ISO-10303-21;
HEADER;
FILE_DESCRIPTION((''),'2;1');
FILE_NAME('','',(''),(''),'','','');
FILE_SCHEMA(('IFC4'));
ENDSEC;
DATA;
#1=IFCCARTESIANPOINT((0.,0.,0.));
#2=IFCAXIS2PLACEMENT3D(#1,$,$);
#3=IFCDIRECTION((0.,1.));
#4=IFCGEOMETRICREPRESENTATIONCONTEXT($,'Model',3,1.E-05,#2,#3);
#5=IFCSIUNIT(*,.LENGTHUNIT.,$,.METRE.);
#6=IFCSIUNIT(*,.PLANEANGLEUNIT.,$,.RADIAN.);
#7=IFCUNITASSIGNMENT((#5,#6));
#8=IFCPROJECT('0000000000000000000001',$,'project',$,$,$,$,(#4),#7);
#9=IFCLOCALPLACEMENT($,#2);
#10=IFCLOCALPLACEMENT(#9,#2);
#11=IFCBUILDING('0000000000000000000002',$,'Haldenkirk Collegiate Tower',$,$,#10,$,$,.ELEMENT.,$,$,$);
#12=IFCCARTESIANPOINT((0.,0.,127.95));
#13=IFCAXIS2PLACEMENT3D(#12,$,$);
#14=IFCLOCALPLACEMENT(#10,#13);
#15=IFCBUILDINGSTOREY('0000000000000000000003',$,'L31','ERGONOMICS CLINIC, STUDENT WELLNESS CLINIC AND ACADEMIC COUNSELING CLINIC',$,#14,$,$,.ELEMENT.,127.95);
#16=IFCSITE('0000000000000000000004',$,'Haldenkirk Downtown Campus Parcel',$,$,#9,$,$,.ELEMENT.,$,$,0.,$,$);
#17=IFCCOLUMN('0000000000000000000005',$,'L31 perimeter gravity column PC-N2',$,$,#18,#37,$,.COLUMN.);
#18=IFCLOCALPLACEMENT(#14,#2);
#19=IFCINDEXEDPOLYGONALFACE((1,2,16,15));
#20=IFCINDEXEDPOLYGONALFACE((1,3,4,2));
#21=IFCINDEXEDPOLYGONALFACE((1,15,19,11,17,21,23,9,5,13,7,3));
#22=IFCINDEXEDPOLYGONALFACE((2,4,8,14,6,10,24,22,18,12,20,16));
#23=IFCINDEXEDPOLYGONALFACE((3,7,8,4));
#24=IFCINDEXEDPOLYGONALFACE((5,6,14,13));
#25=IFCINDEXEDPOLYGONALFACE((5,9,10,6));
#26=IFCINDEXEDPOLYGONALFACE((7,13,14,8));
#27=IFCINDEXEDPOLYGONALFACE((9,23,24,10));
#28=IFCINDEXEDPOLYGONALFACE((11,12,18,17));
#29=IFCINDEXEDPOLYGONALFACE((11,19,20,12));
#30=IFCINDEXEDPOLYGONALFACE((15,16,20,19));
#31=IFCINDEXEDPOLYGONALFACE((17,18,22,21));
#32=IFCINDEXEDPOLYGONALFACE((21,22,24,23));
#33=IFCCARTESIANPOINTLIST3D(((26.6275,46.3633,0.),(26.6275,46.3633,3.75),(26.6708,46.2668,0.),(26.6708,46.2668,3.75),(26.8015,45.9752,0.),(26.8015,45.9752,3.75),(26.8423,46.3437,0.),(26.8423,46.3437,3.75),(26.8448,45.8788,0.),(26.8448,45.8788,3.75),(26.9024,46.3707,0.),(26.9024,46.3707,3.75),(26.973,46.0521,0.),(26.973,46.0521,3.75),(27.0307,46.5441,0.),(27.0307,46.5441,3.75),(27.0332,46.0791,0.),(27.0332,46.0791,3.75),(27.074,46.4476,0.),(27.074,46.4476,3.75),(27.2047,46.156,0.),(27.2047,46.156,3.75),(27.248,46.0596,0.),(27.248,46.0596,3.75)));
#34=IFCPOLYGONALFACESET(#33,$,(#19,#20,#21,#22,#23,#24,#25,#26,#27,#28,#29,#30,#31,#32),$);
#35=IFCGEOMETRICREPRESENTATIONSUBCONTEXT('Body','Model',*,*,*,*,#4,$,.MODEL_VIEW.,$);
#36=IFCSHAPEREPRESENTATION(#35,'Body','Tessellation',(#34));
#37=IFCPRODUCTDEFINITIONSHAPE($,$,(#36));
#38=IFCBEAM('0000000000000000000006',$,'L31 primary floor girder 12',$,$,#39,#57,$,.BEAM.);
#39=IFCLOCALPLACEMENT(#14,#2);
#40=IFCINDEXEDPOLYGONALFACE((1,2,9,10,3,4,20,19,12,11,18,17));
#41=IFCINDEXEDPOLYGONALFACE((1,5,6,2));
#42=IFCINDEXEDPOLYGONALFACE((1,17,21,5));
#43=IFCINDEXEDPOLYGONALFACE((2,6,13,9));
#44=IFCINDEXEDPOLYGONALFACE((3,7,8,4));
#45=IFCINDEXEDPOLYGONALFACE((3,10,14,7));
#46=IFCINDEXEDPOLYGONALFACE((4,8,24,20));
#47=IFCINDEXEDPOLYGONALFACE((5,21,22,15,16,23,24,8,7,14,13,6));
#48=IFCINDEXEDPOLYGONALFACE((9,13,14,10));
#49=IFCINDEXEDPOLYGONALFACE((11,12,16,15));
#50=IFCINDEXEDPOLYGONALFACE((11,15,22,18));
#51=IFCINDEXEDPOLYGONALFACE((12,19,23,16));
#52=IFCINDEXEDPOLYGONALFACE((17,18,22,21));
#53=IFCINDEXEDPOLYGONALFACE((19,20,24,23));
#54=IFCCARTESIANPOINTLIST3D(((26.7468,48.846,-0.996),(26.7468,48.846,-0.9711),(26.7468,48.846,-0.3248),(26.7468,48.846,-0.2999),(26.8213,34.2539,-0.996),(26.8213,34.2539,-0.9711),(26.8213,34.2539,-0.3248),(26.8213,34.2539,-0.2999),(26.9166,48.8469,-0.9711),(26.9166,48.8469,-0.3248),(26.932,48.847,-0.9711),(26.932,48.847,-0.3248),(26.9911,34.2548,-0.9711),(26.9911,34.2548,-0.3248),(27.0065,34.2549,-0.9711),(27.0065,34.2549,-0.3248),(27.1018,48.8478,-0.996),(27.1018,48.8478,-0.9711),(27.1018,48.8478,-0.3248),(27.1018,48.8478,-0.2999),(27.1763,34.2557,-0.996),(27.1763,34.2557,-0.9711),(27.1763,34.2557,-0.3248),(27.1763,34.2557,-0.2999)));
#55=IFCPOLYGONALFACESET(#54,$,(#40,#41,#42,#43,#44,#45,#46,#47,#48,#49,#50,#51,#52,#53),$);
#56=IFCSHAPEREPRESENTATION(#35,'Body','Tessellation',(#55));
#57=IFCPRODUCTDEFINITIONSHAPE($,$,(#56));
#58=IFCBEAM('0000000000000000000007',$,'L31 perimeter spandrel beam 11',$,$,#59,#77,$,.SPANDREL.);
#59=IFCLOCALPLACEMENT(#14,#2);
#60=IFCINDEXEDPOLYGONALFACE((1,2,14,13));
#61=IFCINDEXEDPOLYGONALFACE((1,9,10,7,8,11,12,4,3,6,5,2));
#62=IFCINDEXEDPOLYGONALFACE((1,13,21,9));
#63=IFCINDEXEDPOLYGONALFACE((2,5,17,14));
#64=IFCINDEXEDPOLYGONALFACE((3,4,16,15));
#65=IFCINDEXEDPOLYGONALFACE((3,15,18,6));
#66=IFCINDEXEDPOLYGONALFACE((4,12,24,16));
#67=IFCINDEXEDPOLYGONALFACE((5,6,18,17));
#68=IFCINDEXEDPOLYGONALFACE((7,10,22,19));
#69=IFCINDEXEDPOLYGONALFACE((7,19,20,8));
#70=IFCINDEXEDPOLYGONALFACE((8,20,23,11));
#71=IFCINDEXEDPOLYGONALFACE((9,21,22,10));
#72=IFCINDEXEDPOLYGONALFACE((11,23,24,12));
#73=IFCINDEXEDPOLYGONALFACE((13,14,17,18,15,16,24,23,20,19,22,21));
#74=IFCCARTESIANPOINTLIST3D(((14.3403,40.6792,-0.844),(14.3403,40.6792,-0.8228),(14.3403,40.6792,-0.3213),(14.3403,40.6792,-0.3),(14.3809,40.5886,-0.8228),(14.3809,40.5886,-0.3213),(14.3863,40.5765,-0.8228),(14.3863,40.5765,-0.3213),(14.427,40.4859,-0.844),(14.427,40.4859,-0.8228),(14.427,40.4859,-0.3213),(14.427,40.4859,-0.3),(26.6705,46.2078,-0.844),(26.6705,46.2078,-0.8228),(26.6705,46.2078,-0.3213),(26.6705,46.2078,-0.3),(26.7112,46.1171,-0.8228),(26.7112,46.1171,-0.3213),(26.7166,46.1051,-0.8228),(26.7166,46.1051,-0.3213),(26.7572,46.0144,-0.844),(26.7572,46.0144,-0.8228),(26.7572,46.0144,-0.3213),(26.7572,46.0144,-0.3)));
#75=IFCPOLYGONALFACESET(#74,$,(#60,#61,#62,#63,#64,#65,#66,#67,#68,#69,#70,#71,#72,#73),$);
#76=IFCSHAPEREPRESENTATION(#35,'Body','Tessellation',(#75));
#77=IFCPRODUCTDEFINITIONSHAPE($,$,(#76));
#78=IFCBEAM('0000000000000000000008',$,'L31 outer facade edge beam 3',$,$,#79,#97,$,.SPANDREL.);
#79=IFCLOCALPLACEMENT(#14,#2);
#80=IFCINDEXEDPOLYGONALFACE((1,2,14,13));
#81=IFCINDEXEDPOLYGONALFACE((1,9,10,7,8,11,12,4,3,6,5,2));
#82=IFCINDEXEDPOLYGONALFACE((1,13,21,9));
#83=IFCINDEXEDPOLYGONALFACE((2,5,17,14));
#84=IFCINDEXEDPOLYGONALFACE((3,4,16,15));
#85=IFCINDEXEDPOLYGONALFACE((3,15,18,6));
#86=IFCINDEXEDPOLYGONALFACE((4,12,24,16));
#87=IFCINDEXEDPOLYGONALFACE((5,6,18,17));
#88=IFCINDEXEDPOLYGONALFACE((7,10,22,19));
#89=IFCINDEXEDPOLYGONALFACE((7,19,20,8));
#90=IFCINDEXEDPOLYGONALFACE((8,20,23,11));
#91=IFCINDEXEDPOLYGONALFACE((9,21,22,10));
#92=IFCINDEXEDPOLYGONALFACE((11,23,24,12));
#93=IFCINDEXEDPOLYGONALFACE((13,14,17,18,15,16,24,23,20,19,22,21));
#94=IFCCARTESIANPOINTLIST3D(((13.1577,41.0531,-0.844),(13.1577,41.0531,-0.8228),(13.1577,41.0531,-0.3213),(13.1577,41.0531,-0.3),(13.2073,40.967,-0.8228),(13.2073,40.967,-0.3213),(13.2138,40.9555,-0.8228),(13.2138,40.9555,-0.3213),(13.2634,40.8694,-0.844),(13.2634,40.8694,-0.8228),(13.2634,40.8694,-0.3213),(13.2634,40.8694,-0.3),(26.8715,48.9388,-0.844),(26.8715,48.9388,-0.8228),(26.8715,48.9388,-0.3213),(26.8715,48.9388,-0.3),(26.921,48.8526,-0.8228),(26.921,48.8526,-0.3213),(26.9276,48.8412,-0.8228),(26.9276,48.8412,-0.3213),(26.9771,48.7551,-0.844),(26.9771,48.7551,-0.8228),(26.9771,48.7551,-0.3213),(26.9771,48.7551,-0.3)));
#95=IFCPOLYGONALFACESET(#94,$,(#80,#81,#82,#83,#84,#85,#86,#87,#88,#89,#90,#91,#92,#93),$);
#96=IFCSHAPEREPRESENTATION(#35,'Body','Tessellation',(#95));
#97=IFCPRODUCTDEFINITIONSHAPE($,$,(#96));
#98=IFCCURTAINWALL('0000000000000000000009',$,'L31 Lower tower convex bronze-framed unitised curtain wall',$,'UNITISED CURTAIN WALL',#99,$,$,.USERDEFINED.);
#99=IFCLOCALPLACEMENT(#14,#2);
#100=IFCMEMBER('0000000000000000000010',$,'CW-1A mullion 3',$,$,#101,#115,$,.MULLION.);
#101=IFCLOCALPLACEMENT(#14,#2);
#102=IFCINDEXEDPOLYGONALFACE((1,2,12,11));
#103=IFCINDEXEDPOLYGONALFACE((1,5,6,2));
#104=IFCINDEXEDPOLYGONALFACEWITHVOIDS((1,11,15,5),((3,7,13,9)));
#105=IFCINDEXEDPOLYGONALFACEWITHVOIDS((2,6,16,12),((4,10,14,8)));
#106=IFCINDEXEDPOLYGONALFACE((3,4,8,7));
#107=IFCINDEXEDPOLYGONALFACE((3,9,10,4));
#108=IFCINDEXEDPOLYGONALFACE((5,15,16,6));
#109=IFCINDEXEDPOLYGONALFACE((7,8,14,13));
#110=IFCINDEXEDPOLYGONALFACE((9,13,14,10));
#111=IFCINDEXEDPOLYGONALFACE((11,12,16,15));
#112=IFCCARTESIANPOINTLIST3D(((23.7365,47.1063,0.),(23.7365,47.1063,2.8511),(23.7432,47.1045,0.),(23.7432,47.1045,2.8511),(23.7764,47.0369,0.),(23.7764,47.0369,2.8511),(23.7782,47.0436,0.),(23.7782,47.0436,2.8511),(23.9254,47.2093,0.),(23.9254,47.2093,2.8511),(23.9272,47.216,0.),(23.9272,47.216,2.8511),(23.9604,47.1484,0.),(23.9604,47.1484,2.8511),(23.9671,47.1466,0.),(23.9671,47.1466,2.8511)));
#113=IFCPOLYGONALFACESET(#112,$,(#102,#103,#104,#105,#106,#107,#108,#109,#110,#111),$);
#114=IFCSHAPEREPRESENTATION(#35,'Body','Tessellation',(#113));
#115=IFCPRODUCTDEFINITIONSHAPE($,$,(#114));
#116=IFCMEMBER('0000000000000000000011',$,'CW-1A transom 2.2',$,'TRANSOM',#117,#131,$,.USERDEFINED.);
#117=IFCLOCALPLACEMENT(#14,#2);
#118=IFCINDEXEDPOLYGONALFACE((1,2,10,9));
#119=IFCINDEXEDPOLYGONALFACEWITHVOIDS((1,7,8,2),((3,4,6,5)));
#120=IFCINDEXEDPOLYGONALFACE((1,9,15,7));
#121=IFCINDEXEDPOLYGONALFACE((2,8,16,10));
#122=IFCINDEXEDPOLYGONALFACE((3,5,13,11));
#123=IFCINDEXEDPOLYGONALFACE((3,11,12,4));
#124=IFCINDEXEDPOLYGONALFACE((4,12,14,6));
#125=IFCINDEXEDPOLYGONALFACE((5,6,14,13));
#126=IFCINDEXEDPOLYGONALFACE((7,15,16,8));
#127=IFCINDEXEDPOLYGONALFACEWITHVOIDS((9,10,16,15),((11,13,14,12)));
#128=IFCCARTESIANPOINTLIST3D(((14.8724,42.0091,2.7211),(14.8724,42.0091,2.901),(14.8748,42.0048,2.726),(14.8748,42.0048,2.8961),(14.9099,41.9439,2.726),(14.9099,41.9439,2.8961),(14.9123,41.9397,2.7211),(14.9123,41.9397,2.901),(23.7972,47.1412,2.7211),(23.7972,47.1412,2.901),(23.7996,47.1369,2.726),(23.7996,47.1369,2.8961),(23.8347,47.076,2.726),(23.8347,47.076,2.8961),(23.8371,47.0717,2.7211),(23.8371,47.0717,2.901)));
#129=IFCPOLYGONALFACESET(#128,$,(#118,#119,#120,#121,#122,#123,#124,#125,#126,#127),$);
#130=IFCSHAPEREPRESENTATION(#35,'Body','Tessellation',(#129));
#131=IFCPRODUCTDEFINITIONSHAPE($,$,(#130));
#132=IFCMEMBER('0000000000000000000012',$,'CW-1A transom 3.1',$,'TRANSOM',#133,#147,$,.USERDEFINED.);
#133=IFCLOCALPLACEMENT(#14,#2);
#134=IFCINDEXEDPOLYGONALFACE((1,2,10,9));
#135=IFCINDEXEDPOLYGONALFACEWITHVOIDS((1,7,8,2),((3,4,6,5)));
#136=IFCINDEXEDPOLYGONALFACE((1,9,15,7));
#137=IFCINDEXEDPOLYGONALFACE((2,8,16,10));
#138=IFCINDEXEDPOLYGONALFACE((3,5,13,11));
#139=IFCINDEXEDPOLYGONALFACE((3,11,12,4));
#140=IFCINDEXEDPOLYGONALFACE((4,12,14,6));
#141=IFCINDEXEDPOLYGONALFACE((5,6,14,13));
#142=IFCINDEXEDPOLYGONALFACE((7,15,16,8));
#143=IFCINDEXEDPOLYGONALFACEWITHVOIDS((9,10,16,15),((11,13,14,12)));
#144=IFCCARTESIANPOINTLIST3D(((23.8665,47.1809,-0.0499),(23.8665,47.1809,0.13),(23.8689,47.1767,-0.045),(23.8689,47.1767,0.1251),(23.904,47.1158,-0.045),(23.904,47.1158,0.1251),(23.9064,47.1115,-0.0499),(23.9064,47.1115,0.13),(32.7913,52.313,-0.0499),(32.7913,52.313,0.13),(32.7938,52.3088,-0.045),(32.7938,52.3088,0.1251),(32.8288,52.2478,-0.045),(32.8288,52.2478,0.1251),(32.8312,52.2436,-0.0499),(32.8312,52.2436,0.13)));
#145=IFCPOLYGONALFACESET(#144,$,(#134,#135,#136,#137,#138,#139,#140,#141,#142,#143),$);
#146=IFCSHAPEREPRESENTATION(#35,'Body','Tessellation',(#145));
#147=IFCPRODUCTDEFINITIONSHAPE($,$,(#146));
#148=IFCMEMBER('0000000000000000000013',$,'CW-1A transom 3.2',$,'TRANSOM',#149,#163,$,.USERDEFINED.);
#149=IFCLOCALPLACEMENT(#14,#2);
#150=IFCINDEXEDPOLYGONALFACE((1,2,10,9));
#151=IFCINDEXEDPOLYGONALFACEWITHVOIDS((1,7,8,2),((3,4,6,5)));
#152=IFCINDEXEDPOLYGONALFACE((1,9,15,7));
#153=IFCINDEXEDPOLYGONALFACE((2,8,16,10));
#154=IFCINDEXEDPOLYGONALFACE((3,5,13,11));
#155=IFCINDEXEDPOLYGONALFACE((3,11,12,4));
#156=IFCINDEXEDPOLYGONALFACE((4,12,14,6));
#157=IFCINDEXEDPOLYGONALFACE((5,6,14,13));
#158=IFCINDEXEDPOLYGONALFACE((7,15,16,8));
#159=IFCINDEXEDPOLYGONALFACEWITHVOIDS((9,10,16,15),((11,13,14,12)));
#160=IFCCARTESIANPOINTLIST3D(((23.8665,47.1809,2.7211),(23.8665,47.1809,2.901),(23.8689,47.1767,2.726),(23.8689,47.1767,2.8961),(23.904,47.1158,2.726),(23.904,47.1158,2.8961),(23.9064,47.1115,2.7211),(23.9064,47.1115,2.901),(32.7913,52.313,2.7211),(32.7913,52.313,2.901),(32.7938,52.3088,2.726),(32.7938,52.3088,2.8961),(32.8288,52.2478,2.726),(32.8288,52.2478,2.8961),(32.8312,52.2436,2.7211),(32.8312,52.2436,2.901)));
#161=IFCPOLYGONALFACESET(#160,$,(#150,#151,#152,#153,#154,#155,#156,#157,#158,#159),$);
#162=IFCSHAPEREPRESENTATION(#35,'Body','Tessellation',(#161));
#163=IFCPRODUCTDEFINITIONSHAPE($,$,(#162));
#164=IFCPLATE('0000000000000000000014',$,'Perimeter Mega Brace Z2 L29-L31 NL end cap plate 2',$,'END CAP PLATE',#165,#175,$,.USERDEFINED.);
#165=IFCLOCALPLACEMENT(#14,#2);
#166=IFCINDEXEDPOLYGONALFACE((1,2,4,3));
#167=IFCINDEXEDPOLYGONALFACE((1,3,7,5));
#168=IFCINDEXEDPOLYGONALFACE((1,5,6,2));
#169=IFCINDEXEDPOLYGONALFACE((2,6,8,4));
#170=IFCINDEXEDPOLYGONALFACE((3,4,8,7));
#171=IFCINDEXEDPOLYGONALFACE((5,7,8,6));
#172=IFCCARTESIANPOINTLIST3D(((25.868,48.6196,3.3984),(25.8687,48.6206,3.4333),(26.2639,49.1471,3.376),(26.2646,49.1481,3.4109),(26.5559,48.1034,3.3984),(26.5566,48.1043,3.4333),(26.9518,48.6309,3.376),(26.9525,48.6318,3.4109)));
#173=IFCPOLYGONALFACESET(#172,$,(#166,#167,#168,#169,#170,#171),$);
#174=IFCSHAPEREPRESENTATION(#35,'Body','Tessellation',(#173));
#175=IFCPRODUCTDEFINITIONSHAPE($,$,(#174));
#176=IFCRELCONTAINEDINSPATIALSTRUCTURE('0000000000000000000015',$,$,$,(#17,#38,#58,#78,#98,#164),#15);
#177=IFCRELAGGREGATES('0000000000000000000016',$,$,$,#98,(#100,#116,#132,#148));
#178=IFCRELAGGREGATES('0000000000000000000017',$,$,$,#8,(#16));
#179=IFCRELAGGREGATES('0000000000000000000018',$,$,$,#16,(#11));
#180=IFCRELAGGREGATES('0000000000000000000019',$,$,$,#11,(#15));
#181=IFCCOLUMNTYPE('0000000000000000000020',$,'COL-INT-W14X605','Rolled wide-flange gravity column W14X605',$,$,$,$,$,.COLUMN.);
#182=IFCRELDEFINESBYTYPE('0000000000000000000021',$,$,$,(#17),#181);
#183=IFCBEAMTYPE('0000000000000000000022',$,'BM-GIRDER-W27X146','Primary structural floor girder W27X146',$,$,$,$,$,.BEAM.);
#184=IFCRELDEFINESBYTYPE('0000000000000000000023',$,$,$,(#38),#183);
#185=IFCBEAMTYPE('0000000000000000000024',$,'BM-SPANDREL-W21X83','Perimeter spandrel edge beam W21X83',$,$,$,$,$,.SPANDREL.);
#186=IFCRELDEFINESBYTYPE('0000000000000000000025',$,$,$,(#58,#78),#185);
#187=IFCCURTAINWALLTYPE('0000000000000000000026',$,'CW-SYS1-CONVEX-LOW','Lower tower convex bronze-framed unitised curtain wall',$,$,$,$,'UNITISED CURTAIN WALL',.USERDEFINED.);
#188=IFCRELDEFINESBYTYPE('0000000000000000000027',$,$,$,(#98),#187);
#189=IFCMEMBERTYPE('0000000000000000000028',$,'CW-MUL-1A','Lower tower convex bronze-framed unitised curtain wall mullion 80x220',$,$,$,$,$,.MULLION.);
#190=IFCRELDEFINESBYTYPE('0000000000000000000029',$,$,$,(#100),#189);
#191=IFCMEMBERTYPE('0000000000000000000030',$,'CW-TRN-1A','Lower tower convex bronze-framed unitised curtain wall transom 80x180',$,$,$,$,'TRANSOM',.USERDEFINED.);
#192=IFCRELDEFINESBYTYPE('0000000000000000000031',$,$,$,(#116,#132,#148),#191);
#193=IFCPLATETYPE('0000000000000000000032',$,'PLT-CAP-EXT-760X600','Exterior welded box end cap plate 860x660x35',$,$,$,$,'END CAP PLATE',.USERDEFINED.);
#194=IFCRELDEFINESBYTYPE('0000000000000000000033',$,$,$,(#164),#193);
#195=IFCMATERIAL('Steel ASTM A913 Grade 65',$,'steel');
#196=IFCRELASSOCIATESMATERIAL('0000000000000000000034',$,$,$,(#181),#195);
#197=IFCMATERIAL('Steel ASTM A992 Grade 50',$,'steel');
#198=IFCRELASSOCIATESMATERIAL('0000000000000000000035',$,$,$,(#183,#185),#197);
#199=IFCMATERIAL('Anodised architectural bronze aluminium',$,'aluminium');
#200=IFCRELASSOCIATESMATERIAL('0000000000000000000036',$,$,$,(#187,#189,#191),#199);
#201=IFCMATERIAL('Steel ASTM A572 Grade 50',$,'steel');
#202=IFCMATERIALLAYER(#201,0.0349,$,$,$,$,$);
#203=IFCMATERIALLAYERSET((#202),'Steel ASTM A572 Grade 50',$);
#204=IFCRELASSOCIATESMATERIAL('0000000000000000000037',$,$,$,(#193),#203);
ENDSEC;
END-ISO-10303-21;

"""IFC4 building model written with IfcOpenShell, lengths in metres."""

from ifc_helpers import new_model, si_unit, direction, frame, origin, origin_2d, place, context, subcontext, project, spatial, rectangle, hollow_rectangle, i_section, extrude, source, transform, mapped, material, layer, layer_set, material_profile, profile_set, type_object, element, aggregate, save


model = new_model("IFC4")

# Units and contexts
model_context = context("Model", 3, precision=1e-05, world=origin(), true_north=direction((0.0, 1.0)))
body_context = subcontext(model_context, "Body", "Model", "MODEL_VIEW")
ifc_project = project(units=[si_unit("LENGTHUNIT", "METRE"), si_unit("PLANEANGLEUNIT", "RADIAN")], contexts=[model_context])

# Site, building, storey
site_placement = place(None, origin())
site = spatial("IfcSite", under=ifc_project, at=site_placement, Name="Haldenkirk Downtown Campus Parcel", CompositionType="ELEMENT", RefElevation=0.0)
building_placement = place(site_placement, origin())
building = spatial("IfcBuilding", under=site, at=building_placement, Name="Haldenkirk Collegiate Tower", CompositionType="ELEMENT")
storey_placement = place(building_placement, frame((0.0, 0.0, 127.95)))
storey = spatial("IfcBuildingStorey", under=building, at=storey_placement, Name="L31", Description="ERGONOMICS CLINIC, STUDENT WELLNESS CLINIC AND ACADEMIC COUNSELING CLINIC", CompositionType="ELEMENT", Elevation=127.95)

# Column
ifc_material_1 = material(Name="Steel ASTM A913 Grade 65", Category="steel")
ifc_material_profile_1 = material_profile(ifc_material_1, i_section(OverallWidth=0.4419, OverallDepth=0.531, WebThickness=0.0659, FlangeThickness=0.1057, at=origin_2d()), Name="W14X605")
ifc_profile_set_1 = profile_set([ifc_material_profile_1], Name="Steel ASTM A913 Grade 65")
column_type = type_object("IfcColumnType", Name="COL-INT-W14X605", Description="Rolled wide-flange gravity column W14X605", PredefinedType="COLUMN", material=ifc_profile_set_1)
column_placement = place(storey_placement, frame((26.9377, 46.2114, 0.0), z_axis=(0.0, 0.0, 1.0), x_axis=(0.912477, 0.409127, 0.0)))
element("IfcColumn", 1, at=column_placement, inside=storey, type_object=column_type, Name="L31 perimeter gravity column PC-N2", PredefinedType="COLUMN", context=body_context, shape_type="SweptSolid", body=[
    extrude(i_section(OverallWidth=0.4419, OverallDepth=0.531, WebThickness=0.0659, FlangeThickness=0.1057, at=origin_2d()), origin(), (0.0, 0.0, 1.0), 3.75),
])

# Beams
ifc_material_2 = material(Name="Steel ASTM A992 Grade 50", Category="steel")
ifc_material_profile_2 = material_profile(ifc_material_2, i_section(OverallWidth=0.355, OverallDepth=0.696, WebThickness=0.0154, FlangeThickness=0.0249, at=origin_2d()), Name="W27X146")
ifc_profile_set_2 = profile_set([ifc_material_profile_2], Name="Steel ASTM A992 Grade 50")
beam_type_1 = type_object("IfcBeamType", Name="BM-GIRDER-W27X146", Description="Primary structural floor girder W27X146", PredefinedType="BEAM", material=ifc_profile_set_2)
beam_1_placement = place(storey_placement, frame((26.9243, 48.8469, -0.6479), z_axis=(0.005103, -0.999987, 0.0), x_axis=(0.999987, 0.005103, 0.0)))
element("IfcBeam", 2, at=beam_1_placement, inside=storey, type_object=beam_type_1, Name="L31 primary floor girder 12", PredefinedType="BEAM", context=body_context, shape_type="SweptSolid", body=[
    extrude(i_section(OverallWidth=0.355, OverallDepth=0.696, WebThickness=0.0154, FlangeThickness=0.0249, at=origin_2d()), origin(), (0.0, 0.0, 1.0), 14.5923),
])
ifc_material_profile_3 = material_profile(ifc_material_2, i_section(OverallWidth=0.2119, OverallDepth=0.5439, WebThickness=0.0132, FlangeThickness=0.0212, at=origin_2d()), Name="W21X83")
ifc_profile_set_3 = profile_set([ifc_material_profile_3], Name="Steel ASTM A992 Grade 50")
beam_type_2 = type_object("IfcBeamType", Name="BM-SPANDREL-W21X83", Description="Perimeter spandrel edge beam W21X83", PredefinedType="SPANDREL", material=ifc_profile_set_3)
beam_2_placement = place(storey_placement, frame((26.7139, 46.1111, -0.572), z_axis=(-0.912477, -0.409129, 0.0), x_axis=(0.409129, -0.912477, 0.0)))
element("IfcBeam", 3, at=beam_2_placement, inside=storey, type_object=beam_type_2, Name="L31 perimeter spandrel beam 11", PredefinedType="SPANDREL", context=body_context, shape_type="SweptSolid", body=[
    extrude(i_section(OverallWidth=0.2119, OverallDepth=0.5439, WebThickness=0.0132, FlangeThickness=0.0212, at=origin_2d()), origin(), (0.0, 0.0, 1.0), 13.5129),
])
beam_3_placement = place(storey_placement, frame((26.9243, 48.8469, -0.572), z_axis=(-0.866899, -0.498484, 0.0), x_axis=(0.498484, -0.866899, 0.0)))
element("IfcBeam", 4, at=beam_3_placement, inside=storey, type_object=beam_type_2, Name="L31 outer facade edge beam 3", PredefinedType="SPANDREL", context=body_context, shape_type="SweptSolid", body=[
    extrude(i_section(OverallWidth=0.2119, OverallDepth=0.5439, WebThickness=0.0132, FlangeThickness=0.0212, at=origin_2d()), origin(), (0.0, 0.0, 1.0), 15.8193),
])

# Curtain wall, members
ifc_material_3 = material(Name="Anodised architectural bronze aluminium", Category="aluminium")
curtain_wall_type = type_object("IfcCurtainWallType", Name="CW-SYS1-CONVEX-LOW", Description="Lower tower convex bronze-framed unitised curtain wall", ElementType="UNITISED CURTAIN WALL", PredefinedType="USERDEFINED", material=ifc_material_3)
curtain_wall_placement = place(storey_placement, origin())
curtain_wall = element("IfcCurtainWall", 5, at=curtain_wall_placement, inside=storey, type_object=curtain_wall_type, Name="L31 Lower tower convex bronze-framed unitised curtain wall", ObjectType="UNITISED CURTAIN WALL", PredefinedType="USERDEFINED")
ifc_material_profile_4 = material_profile(ifc_material_3, hollow_rectangle(XDim=0.0801, YDim=0.22, WallThickness=0.0049, at=origin_2d()), Name="CW-MUL-1A")
ifc_profile_set_4 = profile_set([ifc_material_profile_4], Name="Anodised architectural bronze aluminium")
member_type_1 = type_object("IfcMemberType", Name="CW-MUL-1A", Description="Lower tower convex bronze-framed unitised curtain wall mullion 80x220", PredefinedType="MULLION", material=ifc_profile_set_4)
member_1_placement = place(storey_placement, frame((23.8518, 47.1265, 0.0), z_axis=(0.0, 0.0, 1.0), x_axis=(-0.498489, 0.866896, 0.0)))
member_1 = element("IfcMember", 6, at=member_1_placement, type_object=member_type_1, Name="CW-1A mullion 3", PredefinedType="MULLION", context=body_context, shape_type="SweptSolid", body=[
    extrude(hollow_rectangle(XDim=0.0801, YDim=0.22, WallThickness=0.0049, at=origin_2d()), origin(), (0.0, 0.0, 1.0), 2.8511),
])
ifc_material_profile_5 = material_profile(ifc_material_3, hollow_rectangle(XDim=0.0801, YDim=0.1799, WallThickness=0.0049, at=origin_2d()), Name="CW-TRN-1A")
ifc_profile_set_5 = profile_set([ifc_material_profile_5], Name="Anodised architectural bronze aluminium")
member_type_2 = type_object("IfcMemberType", Name="CW-TRN-1A", Description="Lower tower convex bronze-framed unitised curtain wall transom 80x180", ElementType="TRANSOM", PredefinedType="USERDEFINED", material=ifc_profile_set_5)
member_2_placement = place(storey_placement, frame((14.8923, 41.9744, 2.811), z_axis=(0.866893, 0.498494, 0.0), x_axis=(-0.498494, 0.866893, 0.0)))
member_2 = element("IfcMember", 7, at=member_2_placement, type_object=member_type_2, Name="CW-1A transom 2.2", ObjectType="TRANSOM", PredefinedType="USERDEFINED", context=body_context, shape_type="SweptSolid", body=[
    extrude(hollow_rectangle(XDim=0.0801, YDim=0.1799, WallThickness=0.0049, at=origin_2d()), origin(), (0.0, 0.0, 1.0), 10.2952),
])
member_3_placement = place(storey_placement, frame((23.8865, 47.1462, 0.04), z_axis=(0.866893, 0.498494, 0.0), x_axis=(-0.498494, 0.866893, 0.0)))
member_3 = element("IfcMember", 8, at=member_3_placement, type_object=member_type_2, Name="CW-1A transom 3.1", ObjectType="TRANSOM", PredefinedType="USERDEFINED", context=body_context, shape_type="SweptSolid", body=[
    extrude(hollow_rectangle(XDim=0.0801, YDim=0.1799, WallThickness=0.0049, at=origin_2d()), origin(), (0.0, 0.0, 1.0), 10.2952),
])
member_4_placement = place(storey_placement, frame((23.8865, 47.1462, 2.811), z_axis=(0.866893, 0.498494, 0.0), x_axis=(-0.498494, 0.866893, 0.0)))
member_4 = element("IfcMember", 9, at=member_4_placement, type_object=member_type_2, Name="CW-1A transom 3.2", ObjectType="TRANSOM", PredefinedType="USERDEFINED", context=body_context, shape_type="SweptSolid", body=[
    extrude(hollow_rectangle(XDim=0.0801, YDim=0.1799, WallThickness=0.0049, at=origin_2d()), origin(), (0.0, 0.0, 1.0), 10.2952),
])

# Plate
ifc_material_4 = material(Name="Steel ASTM A572 Grade 50", Category="steel")
ifc_layer_1 = layer(ifc_material_4, 0.0349)
ifc_layer_set_1 = layer_set([ifc_layer_1], Name="Steel ASTM A572 Grade 50")
plate_type_1 = type_object("IfcPlateType", Name="PLT-CAP-EXT-760X600", Description="Exterior welded box end cap plate 860x660x35", ElementType="END CAP PLATE", PredefinedType="USERDEFINED", material=ifc_layer_set_1)
shared_shape_1 = source(origin(), body_context, "Body", "SweptSolid", [
    extrude(rectangle(XDim=0.8601, YDim=0.6599, at=origin_2d()), origin(), (0.0, 0.0, 1.0), 0.0349),
])
plate_1_placement = place(storey_placement, frame((26.4099, 48.6252, 3.3872), z_axis=(0.020372, 0.027145, 0.999424), x_axis=(-0.799811, 0.600252, 0.0)))
element("IfcPlate", 10, at=plate_1_placement, inside=storey, type_object=plate_type_1, Name="Perimeter Mega Brace Z2 L29-L31 NL end cap plate 2", ObjectType="END CAP PLATE", PredefinedType="USERDEFINED", context=body_context, shape_type="MappedRepresentation", body=[
    mapped(shared_shape_1, transform((0.0, 0.0, 0.0), x_axis=(1.0, 0.0, 0.0), y_axis=(0.0, 1.0, 0.0), z_axis=(0.0, 0.0, 1.0), scale=1.0)),
])
aggregate(curtain_wall, [member_1, member_2, member_3, member_4])

save(model, "model.ifc")
